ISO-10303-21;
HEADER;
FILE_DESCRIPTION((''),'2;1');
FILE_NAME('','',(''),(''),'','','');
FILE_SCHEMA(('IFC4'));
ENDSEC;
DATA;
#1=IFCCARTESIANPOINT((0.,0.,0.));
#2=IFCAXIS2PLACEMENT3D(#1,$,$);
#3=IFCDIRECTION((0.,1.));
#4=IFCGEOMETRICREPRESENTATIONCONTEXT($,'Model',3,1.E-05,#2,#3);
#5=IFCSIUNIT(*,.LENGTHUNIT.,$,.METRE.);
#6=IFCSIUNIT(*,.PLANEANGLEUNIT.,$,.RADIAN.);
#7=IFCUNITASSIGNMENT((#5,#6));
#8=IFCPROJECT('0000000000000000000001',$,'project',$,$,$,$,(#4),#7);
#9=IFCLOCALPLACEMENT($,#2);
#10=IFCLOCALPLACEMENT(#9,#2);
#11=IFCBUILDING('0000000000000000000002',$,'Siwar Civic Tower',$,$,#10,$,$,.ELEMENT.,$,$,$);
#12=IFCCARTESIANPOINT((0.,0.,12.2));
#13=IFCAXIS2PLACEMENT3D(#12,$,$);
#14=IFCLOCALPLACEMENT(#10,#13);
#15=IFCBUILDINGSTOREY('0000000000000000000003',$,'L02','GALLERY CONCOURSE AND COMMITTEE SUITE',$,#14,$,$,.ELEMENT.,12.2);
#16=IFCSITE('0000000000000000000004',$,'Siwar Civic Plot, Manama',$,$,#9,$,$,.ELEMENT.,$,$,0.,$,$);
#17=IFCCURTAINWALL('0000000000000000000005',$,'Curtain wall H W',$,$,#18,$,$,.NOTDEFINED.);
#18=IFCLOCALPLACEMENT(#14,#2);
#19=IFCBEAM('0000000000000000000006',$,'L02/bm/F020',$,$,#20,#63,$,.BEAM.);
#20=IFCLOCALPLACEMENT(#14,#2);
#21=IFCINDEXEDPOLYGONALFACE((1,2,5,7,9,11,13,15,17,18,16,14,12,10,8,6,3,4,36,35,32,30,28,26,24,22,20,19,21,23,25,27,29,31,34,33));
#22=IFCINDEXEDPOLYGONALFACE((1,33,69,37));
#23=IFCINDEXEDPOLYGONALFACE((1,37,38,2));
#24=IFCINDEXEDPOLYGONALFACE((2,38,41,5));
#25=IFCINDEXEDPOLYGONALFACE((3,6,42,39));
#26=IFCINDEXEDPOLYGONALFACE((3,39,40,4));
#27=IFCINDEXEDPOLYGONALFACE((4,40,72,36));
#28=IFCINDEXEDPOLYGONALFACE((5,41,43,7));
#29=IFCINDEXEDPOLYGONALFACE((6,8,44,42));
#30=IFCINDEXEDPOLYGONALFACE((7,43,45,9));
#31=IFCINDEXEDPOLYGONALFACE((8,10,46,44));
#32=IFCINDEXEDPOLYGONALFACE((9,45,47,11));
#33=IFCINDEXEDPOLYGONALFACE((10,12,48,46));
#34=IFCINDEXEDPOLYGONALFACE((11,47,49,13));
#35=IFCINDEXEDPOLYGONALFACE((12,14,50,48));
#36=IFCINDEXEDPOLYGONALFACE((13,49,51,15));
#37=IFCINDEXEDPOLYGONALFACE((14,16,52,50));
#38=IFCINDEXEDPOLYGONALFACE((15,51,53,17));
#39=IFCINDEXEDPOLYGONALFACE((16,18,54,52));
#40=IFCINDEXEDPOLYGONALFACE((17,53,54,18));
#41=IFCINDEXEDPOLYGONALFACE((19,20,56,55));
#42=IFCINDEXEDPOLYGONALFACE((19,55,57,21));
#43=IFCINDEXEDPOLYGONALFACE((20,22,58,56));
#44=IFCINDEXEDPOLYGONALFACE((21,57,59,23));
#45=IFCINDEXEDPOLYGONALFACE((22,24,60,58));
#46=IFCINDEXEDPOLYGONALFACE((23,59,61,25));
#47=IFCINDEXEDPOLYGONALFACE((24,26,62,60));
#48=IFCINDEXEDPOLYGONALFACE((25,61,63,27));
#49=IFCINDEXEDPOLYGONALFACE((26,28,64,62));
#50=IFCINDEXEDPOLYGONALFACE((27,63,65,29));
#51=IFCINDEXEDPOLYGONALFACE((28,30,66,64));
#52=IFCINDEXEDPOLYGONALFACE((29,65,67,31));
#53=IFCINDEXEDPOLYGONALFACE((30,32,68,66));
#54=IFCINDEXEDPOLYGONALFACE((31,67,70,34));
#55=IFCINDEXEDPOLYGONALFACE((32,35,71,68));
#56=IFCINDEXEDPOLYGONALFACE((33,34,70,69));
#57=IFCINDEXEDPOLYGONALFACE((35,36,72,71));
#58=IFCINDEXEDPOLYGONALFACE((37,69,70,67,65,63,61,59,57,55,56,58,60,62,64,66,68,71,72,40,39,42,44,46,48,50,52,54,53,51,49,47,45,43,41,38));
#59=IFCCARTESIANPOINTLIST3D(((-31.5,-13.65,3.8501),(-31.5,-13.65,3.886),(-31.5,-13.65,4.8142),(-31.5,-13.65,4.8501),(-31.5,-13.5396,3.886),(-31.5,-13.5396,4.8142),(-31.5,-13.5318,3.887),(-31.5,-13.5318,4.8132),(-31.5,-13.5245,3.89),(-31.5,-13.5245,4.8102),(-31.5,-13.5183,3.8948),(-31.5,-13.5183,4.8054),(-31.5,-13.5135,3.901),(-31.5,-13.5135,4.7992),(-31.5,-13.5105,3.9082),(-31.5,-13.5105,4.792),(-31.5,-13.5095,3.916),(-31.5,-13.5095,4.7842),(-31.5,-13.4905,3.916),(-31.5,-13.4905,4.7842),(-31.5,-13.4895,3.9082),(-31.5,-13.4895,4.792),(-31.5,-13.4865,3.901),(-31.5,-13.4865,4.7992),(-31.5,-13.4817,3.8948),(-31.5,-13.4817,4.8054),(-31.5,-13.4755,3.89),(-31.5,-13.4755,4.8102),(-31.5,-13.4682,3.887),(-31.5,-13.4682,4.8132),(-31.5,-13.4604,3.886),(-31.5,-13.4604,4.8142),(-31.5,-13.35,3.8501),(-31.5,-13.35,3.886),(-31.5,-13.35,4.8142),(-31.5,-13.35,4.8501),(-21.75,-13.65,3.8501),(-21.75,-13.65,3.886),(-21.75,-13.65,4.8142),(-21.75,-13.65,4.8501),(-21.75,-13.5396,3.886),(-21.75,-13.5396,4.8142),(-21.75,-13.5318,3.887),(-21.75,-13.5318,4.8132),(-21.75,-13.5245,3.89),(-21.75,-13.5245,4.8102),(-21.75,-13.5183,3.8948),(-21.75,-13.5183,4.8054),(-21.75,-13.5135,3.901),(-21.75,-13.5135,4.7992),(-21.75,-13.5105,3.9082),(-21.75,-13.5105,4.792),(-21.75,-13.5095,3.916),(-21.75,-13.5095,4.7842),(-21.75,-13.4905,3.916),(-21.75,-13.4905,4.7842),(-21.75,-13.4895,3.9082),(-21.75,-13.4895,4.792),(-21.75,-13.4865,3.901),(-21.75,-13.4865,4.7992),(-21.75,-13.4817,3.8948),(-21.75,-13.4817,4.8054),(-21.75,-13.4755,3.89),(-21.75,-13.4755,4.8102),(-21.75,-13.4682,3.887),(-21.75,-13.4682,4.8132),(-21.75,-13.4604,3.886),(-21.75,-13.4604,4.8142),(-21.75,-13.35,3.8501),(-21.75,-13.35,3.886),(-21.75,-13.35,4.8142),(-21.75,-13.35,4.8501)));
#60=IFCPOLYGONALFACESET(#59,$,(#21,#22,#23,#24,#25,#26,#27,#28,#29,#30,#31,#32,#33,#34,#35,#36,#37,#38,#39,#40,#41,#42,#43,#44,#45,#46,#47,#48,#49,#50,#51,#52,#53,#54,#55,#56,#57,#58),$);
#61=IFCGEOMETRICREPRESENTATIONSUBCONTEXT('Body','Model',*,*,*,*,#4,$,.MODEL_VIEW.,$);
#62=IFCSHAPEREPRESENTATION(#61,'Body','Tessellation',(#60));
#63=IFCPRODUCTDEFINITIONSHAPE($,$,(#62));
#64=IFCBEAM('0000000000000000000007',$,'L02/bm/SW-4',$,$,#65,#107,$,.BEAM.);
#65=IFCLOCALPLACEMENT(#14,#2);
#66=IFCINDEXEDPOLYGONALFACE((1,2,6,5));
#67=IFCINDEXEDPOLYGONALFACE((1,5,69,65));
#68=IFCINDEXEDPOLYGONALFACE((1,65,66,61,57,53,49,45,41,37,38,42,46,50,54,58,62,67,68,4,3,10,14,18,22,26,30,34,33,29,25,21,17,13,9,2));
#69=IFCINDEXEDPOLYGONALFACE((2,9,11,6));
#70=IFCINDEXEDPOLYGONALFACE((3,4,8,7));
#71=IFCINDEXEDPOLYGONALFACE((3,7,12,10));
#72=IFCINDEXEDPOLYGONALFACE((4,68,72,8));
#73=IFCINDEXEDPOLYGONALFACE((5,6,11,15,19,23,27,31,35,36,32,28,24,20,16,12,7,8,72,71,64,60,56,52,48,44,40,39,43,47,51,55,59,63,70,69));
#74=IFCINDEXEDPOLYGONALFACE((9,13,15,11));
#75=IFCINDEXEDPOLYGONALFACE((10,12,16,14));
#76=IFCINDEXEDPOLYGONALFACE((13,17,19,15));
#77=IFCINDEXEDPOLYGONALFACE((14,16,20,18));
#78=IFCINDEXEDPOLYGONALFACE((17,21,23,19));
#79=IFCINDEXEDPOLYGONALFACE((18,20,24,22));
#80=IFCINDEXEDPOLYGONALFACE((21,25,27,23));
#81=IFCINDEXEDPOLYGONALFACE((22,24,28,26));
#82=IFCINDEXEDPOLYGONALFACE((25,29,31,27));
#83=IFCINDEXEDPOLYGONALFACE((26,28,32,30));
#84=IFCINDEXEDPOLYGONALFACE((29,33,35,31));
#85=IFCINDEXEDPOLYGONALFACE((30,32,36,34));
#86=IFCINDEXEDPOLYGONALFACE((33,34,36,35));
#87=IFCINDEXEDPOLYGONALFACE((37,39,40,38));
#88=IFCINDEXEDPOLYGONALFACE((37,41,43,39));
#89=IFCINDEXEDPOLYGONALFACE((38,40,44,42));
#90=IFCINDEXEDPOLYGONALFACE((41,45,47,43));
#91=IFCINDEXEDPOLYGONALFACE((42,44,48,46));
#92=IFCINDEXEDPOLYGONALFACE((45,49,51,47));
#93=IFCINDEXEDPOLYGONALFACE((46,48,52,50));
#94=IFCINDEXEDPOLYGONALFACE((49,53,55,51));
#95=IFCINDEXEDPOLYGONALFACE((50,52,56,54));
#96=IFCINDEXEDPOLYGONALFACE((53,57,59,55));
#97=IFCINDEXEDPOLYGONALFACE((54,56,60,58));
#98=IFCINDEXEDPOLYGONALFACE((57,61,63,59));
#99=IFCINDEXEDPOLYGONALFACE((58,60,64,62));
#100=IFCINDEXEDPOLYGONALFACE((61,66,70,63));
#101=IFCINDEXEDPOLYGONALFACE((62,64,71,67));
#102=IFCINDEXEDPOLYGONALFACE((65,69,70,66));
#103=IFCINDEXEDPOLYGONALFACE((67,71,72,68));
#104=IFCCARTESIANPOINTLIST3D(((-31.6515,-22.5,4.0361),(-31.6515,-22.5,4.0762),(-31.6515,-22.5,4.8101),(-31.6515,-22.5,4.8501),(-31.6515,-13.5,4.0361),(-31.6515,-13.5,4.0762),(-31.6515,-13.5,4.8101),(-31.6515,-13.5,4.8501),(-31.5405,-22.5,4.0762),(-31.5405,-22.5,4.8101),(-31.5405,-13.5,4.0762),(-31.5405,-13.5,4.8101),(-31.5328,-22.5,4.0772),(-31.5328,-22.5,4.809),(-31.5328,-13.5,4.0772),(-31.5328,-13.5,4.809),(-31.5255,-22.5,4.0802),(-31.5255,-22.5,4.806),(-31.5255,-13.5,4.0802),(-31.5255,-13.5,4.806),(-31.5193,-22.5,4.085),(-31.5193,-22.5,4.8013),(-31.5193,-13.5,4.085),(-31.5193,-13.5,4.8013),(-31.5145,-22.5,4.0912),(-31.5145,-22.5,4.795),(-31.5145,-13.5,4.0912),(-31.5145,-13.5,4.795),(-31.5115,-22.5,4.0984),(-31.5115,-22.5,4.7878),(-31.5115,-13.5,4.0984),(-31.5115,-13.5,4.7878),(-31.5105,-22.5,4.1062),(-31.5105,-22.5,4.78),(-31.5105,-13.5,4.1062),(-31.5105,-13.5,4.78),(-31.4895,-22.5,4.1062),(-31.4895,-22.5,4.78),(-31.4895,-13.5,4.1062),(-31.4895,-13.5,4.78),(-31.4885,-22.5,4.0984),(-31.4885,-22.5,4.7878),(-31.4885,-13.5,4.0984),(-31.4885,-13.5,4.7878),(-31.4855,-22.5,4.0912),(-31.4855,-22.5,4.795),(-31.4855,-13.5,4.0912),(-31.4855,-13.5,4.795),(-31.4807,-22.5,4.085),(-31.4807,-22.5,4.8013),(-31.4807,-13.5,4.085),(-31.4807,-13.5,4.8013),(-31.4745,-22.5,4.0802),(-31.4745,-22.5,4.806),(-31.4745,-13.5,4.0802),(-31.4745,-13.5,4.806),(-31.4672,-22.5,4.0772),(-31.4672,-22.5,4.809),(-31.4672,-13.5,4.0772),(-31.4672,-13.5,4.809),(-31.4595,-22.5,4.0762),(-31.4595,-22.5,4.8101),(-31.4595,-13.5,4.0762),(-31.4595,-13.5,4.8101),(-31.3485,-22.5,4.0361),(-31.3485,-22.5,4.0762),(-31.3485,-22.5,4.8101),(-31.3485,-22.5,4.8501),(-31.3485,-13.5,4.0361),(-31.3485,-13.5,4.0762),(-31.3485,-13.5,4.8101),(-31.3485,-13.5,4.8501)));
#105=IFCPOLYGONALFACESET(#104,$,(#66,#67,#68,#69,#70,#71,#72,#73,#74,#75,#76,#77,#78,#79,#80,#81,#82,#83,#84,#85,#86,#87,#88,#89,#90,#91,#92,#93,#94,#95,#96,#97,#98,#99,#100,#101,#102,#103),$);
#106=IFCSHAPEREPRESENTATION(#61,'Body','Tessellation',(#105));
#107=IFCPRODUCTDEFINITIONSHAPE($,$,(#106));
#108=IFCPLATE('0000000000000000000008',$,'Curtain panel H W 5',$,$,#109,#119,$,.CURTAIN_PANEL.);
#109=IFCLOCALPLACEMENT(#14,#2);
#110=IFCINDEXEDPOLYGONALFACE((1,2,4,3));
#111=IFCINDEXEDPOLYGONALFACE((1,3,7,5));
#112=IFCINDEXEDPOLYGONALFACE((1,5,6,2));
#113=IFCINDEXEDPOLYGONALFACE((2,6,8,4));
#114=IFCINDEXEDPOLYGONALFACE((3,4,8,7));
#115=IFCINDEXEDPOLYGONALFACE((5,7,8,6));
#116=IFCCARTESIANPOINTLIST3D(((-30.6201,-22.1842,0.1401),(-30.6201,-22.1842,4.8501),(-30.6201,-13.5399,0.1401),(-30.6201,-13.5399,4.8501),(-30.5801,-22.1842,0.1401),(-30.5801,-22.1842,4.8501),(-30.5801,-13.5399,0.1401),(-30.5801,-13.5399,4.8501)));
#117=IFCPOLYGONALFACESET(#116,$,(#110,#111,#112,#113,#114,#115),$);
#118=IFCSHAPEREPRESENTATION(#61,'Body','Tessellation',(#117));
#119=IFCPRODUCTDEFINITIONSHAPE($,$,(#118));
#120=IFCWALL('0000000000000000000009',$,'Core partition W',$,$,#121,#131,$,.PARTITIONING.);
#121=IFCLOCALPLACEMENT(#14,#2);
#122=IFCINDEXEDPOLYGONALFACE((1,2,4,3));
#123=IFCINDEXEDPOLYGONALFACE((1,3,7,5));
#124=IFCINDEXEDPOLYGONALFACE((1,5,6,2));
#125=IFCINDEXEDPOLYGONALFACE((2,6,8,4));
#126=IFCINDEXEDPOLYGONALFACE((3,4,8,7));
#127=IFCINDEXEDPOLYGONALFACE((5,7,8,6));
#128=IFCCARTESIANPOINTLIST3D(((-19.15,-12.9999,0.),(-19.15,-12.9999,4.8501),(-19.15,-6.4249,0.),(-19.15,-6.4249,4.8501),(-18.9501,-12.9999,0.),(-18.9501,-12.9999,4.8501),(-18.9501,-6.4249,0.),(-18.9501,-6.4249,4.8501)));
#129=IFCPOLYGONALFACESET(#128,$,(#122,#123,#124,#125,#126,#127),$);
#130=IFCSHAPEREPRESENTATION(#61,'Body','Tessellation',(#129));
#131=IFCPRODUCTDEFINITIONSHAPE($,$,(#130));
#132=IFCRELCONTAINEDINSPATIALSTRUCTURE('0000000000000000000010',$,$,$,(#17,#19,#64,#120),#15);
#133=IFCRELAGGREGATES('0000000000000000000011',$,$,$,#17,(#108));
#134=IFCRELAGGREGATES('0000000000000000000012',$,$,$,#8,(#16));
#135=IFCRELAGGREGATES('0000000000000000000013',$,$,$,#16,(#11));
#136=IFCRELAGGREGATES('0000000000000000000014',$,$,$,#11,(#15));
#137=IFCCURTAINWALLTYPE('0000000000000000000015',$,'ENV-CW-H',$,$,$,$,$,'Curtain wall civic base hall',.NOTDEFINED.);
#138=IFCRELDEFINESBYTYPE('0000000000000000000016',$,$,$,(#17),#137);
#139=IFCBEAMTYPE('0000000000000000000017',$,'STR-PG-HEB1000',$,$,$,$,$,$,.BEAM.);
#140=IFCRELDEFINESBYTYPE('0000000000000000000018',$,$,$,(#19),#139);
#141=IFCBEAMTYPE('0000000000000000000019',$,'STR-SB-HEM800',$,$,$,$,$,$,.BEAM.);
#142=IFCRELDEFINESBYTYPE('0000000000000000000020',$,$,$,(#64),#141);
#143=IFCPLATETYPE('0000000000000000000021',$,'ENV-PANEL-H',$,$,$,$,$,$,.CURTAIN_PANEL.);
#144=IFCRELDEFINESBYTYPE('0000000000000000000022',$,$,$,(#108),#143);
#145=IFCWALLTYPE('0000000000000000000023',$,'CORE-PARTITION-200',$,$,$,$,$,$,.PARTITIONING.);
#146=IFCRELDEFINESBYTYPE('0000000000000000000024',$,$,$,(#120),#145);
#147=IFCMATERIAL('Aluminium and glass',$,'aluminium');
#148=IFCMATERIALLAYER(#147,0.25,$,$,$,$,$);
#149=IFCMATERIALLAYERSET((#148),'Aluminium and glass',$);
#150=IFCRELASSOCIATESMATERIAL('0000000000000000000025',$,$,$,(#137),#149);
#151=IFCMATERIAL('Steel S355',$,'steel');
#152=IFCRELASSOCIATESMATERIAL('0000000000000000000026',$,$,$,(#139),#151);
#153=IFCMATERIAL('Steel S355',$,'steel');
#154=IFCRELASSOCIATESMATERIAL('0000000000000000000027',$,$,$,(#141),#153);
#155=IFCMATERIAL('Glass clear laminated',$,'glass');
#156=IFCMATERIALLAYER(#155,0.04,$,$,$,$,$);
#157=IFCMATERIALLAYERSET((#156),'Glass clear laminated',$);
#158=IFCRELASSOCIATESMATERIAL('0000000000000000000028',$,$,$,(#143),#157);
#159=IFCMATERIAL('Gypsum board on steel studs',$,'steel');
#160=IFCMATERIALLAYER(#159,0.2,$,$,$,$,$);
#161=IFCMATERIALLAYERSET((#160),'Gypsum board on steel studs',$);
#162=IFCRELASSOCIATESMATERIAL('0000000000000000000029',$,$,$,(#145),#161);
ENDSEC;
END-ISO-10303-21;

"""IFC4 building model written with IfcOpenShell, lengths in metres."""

from ifc_helpers import new_model, si_unit, direction, frame, frame_2d, origin, origin_2d, place, context, subcontext, project, spatial, rectangle, i_section, extrude, material, layer, layer_set, material_profile, profile_set, type_object, element, aggregate, save


model = new_model("IFC4")

# Units and contexts
model_context = context("Model", 3, precision=1e-05, world=origin(), true_north=direction((0.0, 1.0)))
body_context = subcontext(model_context, "Body", "Model", "MODEL_VIEW")
ifc_project = project(units=[si_unit("LENGTHUNIT", "METRE"), si_unit("PLANEANGLEUNIT", "RADIAN")], contexts=[model_context])

# Site, building, storey
site_placement = place(None, origin())
site = spatial("IfcSite", under=ifc_project, at=site_placement, Name="Siwar Civic Plot, Manama", CompositionType="ELEMENT", RefElevation=0.0)
building_placement = place(site_placement, origin())
building = spatial("IfcBuilding", under=site, at=building_placement, Name="Siwar Civic Tower", CompositionType="ELEMENT")
storey_placement = place(building_placement, frame((0.0, 0.0, 12.2)))
storey = spatial("IfcBuildingStorey", under=building, at=storey_placement, Name="L02", Description="GALLERY CONCOURSE AND COMMITTEE SUITE", CompositionType="ELEMENT", Elevation=12.2)

# Curtain wall
ifc_material_1 = material(Name="Aluminium and glass", Category="aluminium")
ifc_layer_1 = layer(ifc_material_1, 0.25)
ifc_layer_set_1 = layer_set([ifc_layer_1], Name="Aluminium and glass")
curtain_wall_type = type_object("IfcCurtainWallType", Name="ENV-CW-H", ElementType="Curtain wall civic base hall", PredefinedType="NOTDEFINED", material=ifc_layer_set_1)
curtain_wall_placement = place(storey_placement, origin())
curtain_wall = element("IfcCurtainWall", 1, at=curtain_wall_placement, inside=storey, type_object=curtain_wall_type, Name="Curtain wall H W", PredefinedType="NOTDEFINED")

# Beams
ifc_material_2 = material(Name="Steel S355", Category="steel")
ifc_material_profile_1 = material_profile(ifc_material_2, i_section(OverallWidth=0.3, OverallDepth=1.0, WebThickness=0.019, FlangeThickness=0.0359, FilletRadius=0.03, at=origin_2d()), Name="HEB1000")
ifc_profile_set_1 = profile_set([ifc_material_profile_1], Name="Steel S355")
beam_type_1 = type_object("IfcBeamType", Name="STR-PG-HEB1000", PredefinedType="BEAM", material=ifc_profile_set_1)
beam_1_placement = place(storey_placement, frame((-31.5, -13.5, 4.3501), z_axis=(1.0, 0.0, 0.0), x_axis=(0.0, 1.0, 0.0)))
element("IfcBeam", 2, at=beam_1_placement, inside=storey, type_object=beam_type_1, Name="L02/bm/F020", PredefinedType="BEAM", context=body_context, shape_type="SweptSolid", body=[
    extrude(i_section(OverallWidth=0.3, OverallDepth=1.0, WebThickness=0.019, FlangeThickness=0.0359, FilletRadius=0.03, at=origin_2d()), origin(), (0.0, 0.0, 1.0), 9.75),
])
ifc_material_3 = material(Name="Steel S355", Category="steel")
ifc_material_profile_2 = material_profile(ifc_material_3, i_section(OverallWidth=0.303, OverallDepth=0.814, WebThickness=0.021, FlangeThickness=0.04, FilletRadius=0.03, at=origin_2d()), Name="HEM800")
ifc_profile_set_2 = profile_set([ifc_material_profile_2], Name="Steel S355")
beam_type_2 = type_object("IfcBeamType", Name="STR-SB-HEM800", PredefinedType="BEAM", material=ifc_profile_set_2)
beam_2_placement = place(storey_placement, frame((-31.5, -13.5, 4.4431), z_axis=(0.0, -1.0, 0.0), x_axis=(1.0, 0.0, 0.0)))
element("IfcBeam", 3, at=beam_2_placement, inside=storey, type_object=beam_type_2, Name="L02/bm/SW-4", PredefinedType="BEAM", context=body_context, shape_type="SweptSolid", body=[
    extrude(i_section(OverallWidth=0.303, OverallDepth=0.814, WebThickness=0.021, FlangeThickness=0.04, FilletRadius=0.03, at=origin_2d()), origin(), (0.0, 0.0, 1.0), 9.0),
])

# Plate
ifc_material_4 = material(Name="Glass clear laminated", Category="glass")
ifc_layer_2 = layer(ifc_material_4, 0.04)
ifc_layer_set_2 = layer_set([ifc_layer_2], Name="Glass clear laminated")
plate_type = type_object("IfcPlateType", Name="ENV-PANEL-H", PredefinedType="CURTAIN_PANEL", material=ifc_layer_set_2)
plate_placement = place(storey_placement, frame((-30.6001, -17.8621, 0.1401), z_axis=(0.0, 0.0, 1.0), x_axis=(0.0, -1.0, 0.0)))
plate = element("IfcPlate", 4, at=plate_placement, type_object=plate_type, Name="Curtain panel H W 5", PredefinedType="CURTAIN_PANEL", context=body_context, shape_type="SweptSolid", body=[
    extrude(rectangle(XDim=8.6443, YDim=0.04, at=origin_2d()), origin(), (0.0, 0.0, 1.0), 4.71),
])
aggregate(curtain_wall, [plate])

# Wall
ifc_material_5 = material(Name="Gypsum board on steel studs", Category="steel")
ifc_layer_3 = layer(ifc_material_5, 0.2)
ifc_layer_set_3 = layer_set([ifc_layer_3], Name="Gypsum board on steel studs")
wall_type_1 = type_object("IfcWallType", Name="CORE-PARTITION-200", PredefinedType="PARTITIONING", material=ifc_layer_set_3)
wall_1_placement = place(storey_placement, frame((-19.05, -13.0, 0.0), z_axis=(0.0, 0.0, 1.0), x_axis=(0.0, 1.0, 0.0)))
element("IfcWall", 5, at=wall_1_placement, inside=storey, type_object=wall_type_1, Name="Core partition W", PredefinedType="PARTITIONING", context=body_context, shape_type="SweptSolid", body=[
    extrude(rectangle(XDim=6.575, YDim=0.2, at=frame_2d((3.2876, 0.0))), origin(), (0.0, 0.0, 1.0), 4.8501),
])

save(model, "model.ifc")
